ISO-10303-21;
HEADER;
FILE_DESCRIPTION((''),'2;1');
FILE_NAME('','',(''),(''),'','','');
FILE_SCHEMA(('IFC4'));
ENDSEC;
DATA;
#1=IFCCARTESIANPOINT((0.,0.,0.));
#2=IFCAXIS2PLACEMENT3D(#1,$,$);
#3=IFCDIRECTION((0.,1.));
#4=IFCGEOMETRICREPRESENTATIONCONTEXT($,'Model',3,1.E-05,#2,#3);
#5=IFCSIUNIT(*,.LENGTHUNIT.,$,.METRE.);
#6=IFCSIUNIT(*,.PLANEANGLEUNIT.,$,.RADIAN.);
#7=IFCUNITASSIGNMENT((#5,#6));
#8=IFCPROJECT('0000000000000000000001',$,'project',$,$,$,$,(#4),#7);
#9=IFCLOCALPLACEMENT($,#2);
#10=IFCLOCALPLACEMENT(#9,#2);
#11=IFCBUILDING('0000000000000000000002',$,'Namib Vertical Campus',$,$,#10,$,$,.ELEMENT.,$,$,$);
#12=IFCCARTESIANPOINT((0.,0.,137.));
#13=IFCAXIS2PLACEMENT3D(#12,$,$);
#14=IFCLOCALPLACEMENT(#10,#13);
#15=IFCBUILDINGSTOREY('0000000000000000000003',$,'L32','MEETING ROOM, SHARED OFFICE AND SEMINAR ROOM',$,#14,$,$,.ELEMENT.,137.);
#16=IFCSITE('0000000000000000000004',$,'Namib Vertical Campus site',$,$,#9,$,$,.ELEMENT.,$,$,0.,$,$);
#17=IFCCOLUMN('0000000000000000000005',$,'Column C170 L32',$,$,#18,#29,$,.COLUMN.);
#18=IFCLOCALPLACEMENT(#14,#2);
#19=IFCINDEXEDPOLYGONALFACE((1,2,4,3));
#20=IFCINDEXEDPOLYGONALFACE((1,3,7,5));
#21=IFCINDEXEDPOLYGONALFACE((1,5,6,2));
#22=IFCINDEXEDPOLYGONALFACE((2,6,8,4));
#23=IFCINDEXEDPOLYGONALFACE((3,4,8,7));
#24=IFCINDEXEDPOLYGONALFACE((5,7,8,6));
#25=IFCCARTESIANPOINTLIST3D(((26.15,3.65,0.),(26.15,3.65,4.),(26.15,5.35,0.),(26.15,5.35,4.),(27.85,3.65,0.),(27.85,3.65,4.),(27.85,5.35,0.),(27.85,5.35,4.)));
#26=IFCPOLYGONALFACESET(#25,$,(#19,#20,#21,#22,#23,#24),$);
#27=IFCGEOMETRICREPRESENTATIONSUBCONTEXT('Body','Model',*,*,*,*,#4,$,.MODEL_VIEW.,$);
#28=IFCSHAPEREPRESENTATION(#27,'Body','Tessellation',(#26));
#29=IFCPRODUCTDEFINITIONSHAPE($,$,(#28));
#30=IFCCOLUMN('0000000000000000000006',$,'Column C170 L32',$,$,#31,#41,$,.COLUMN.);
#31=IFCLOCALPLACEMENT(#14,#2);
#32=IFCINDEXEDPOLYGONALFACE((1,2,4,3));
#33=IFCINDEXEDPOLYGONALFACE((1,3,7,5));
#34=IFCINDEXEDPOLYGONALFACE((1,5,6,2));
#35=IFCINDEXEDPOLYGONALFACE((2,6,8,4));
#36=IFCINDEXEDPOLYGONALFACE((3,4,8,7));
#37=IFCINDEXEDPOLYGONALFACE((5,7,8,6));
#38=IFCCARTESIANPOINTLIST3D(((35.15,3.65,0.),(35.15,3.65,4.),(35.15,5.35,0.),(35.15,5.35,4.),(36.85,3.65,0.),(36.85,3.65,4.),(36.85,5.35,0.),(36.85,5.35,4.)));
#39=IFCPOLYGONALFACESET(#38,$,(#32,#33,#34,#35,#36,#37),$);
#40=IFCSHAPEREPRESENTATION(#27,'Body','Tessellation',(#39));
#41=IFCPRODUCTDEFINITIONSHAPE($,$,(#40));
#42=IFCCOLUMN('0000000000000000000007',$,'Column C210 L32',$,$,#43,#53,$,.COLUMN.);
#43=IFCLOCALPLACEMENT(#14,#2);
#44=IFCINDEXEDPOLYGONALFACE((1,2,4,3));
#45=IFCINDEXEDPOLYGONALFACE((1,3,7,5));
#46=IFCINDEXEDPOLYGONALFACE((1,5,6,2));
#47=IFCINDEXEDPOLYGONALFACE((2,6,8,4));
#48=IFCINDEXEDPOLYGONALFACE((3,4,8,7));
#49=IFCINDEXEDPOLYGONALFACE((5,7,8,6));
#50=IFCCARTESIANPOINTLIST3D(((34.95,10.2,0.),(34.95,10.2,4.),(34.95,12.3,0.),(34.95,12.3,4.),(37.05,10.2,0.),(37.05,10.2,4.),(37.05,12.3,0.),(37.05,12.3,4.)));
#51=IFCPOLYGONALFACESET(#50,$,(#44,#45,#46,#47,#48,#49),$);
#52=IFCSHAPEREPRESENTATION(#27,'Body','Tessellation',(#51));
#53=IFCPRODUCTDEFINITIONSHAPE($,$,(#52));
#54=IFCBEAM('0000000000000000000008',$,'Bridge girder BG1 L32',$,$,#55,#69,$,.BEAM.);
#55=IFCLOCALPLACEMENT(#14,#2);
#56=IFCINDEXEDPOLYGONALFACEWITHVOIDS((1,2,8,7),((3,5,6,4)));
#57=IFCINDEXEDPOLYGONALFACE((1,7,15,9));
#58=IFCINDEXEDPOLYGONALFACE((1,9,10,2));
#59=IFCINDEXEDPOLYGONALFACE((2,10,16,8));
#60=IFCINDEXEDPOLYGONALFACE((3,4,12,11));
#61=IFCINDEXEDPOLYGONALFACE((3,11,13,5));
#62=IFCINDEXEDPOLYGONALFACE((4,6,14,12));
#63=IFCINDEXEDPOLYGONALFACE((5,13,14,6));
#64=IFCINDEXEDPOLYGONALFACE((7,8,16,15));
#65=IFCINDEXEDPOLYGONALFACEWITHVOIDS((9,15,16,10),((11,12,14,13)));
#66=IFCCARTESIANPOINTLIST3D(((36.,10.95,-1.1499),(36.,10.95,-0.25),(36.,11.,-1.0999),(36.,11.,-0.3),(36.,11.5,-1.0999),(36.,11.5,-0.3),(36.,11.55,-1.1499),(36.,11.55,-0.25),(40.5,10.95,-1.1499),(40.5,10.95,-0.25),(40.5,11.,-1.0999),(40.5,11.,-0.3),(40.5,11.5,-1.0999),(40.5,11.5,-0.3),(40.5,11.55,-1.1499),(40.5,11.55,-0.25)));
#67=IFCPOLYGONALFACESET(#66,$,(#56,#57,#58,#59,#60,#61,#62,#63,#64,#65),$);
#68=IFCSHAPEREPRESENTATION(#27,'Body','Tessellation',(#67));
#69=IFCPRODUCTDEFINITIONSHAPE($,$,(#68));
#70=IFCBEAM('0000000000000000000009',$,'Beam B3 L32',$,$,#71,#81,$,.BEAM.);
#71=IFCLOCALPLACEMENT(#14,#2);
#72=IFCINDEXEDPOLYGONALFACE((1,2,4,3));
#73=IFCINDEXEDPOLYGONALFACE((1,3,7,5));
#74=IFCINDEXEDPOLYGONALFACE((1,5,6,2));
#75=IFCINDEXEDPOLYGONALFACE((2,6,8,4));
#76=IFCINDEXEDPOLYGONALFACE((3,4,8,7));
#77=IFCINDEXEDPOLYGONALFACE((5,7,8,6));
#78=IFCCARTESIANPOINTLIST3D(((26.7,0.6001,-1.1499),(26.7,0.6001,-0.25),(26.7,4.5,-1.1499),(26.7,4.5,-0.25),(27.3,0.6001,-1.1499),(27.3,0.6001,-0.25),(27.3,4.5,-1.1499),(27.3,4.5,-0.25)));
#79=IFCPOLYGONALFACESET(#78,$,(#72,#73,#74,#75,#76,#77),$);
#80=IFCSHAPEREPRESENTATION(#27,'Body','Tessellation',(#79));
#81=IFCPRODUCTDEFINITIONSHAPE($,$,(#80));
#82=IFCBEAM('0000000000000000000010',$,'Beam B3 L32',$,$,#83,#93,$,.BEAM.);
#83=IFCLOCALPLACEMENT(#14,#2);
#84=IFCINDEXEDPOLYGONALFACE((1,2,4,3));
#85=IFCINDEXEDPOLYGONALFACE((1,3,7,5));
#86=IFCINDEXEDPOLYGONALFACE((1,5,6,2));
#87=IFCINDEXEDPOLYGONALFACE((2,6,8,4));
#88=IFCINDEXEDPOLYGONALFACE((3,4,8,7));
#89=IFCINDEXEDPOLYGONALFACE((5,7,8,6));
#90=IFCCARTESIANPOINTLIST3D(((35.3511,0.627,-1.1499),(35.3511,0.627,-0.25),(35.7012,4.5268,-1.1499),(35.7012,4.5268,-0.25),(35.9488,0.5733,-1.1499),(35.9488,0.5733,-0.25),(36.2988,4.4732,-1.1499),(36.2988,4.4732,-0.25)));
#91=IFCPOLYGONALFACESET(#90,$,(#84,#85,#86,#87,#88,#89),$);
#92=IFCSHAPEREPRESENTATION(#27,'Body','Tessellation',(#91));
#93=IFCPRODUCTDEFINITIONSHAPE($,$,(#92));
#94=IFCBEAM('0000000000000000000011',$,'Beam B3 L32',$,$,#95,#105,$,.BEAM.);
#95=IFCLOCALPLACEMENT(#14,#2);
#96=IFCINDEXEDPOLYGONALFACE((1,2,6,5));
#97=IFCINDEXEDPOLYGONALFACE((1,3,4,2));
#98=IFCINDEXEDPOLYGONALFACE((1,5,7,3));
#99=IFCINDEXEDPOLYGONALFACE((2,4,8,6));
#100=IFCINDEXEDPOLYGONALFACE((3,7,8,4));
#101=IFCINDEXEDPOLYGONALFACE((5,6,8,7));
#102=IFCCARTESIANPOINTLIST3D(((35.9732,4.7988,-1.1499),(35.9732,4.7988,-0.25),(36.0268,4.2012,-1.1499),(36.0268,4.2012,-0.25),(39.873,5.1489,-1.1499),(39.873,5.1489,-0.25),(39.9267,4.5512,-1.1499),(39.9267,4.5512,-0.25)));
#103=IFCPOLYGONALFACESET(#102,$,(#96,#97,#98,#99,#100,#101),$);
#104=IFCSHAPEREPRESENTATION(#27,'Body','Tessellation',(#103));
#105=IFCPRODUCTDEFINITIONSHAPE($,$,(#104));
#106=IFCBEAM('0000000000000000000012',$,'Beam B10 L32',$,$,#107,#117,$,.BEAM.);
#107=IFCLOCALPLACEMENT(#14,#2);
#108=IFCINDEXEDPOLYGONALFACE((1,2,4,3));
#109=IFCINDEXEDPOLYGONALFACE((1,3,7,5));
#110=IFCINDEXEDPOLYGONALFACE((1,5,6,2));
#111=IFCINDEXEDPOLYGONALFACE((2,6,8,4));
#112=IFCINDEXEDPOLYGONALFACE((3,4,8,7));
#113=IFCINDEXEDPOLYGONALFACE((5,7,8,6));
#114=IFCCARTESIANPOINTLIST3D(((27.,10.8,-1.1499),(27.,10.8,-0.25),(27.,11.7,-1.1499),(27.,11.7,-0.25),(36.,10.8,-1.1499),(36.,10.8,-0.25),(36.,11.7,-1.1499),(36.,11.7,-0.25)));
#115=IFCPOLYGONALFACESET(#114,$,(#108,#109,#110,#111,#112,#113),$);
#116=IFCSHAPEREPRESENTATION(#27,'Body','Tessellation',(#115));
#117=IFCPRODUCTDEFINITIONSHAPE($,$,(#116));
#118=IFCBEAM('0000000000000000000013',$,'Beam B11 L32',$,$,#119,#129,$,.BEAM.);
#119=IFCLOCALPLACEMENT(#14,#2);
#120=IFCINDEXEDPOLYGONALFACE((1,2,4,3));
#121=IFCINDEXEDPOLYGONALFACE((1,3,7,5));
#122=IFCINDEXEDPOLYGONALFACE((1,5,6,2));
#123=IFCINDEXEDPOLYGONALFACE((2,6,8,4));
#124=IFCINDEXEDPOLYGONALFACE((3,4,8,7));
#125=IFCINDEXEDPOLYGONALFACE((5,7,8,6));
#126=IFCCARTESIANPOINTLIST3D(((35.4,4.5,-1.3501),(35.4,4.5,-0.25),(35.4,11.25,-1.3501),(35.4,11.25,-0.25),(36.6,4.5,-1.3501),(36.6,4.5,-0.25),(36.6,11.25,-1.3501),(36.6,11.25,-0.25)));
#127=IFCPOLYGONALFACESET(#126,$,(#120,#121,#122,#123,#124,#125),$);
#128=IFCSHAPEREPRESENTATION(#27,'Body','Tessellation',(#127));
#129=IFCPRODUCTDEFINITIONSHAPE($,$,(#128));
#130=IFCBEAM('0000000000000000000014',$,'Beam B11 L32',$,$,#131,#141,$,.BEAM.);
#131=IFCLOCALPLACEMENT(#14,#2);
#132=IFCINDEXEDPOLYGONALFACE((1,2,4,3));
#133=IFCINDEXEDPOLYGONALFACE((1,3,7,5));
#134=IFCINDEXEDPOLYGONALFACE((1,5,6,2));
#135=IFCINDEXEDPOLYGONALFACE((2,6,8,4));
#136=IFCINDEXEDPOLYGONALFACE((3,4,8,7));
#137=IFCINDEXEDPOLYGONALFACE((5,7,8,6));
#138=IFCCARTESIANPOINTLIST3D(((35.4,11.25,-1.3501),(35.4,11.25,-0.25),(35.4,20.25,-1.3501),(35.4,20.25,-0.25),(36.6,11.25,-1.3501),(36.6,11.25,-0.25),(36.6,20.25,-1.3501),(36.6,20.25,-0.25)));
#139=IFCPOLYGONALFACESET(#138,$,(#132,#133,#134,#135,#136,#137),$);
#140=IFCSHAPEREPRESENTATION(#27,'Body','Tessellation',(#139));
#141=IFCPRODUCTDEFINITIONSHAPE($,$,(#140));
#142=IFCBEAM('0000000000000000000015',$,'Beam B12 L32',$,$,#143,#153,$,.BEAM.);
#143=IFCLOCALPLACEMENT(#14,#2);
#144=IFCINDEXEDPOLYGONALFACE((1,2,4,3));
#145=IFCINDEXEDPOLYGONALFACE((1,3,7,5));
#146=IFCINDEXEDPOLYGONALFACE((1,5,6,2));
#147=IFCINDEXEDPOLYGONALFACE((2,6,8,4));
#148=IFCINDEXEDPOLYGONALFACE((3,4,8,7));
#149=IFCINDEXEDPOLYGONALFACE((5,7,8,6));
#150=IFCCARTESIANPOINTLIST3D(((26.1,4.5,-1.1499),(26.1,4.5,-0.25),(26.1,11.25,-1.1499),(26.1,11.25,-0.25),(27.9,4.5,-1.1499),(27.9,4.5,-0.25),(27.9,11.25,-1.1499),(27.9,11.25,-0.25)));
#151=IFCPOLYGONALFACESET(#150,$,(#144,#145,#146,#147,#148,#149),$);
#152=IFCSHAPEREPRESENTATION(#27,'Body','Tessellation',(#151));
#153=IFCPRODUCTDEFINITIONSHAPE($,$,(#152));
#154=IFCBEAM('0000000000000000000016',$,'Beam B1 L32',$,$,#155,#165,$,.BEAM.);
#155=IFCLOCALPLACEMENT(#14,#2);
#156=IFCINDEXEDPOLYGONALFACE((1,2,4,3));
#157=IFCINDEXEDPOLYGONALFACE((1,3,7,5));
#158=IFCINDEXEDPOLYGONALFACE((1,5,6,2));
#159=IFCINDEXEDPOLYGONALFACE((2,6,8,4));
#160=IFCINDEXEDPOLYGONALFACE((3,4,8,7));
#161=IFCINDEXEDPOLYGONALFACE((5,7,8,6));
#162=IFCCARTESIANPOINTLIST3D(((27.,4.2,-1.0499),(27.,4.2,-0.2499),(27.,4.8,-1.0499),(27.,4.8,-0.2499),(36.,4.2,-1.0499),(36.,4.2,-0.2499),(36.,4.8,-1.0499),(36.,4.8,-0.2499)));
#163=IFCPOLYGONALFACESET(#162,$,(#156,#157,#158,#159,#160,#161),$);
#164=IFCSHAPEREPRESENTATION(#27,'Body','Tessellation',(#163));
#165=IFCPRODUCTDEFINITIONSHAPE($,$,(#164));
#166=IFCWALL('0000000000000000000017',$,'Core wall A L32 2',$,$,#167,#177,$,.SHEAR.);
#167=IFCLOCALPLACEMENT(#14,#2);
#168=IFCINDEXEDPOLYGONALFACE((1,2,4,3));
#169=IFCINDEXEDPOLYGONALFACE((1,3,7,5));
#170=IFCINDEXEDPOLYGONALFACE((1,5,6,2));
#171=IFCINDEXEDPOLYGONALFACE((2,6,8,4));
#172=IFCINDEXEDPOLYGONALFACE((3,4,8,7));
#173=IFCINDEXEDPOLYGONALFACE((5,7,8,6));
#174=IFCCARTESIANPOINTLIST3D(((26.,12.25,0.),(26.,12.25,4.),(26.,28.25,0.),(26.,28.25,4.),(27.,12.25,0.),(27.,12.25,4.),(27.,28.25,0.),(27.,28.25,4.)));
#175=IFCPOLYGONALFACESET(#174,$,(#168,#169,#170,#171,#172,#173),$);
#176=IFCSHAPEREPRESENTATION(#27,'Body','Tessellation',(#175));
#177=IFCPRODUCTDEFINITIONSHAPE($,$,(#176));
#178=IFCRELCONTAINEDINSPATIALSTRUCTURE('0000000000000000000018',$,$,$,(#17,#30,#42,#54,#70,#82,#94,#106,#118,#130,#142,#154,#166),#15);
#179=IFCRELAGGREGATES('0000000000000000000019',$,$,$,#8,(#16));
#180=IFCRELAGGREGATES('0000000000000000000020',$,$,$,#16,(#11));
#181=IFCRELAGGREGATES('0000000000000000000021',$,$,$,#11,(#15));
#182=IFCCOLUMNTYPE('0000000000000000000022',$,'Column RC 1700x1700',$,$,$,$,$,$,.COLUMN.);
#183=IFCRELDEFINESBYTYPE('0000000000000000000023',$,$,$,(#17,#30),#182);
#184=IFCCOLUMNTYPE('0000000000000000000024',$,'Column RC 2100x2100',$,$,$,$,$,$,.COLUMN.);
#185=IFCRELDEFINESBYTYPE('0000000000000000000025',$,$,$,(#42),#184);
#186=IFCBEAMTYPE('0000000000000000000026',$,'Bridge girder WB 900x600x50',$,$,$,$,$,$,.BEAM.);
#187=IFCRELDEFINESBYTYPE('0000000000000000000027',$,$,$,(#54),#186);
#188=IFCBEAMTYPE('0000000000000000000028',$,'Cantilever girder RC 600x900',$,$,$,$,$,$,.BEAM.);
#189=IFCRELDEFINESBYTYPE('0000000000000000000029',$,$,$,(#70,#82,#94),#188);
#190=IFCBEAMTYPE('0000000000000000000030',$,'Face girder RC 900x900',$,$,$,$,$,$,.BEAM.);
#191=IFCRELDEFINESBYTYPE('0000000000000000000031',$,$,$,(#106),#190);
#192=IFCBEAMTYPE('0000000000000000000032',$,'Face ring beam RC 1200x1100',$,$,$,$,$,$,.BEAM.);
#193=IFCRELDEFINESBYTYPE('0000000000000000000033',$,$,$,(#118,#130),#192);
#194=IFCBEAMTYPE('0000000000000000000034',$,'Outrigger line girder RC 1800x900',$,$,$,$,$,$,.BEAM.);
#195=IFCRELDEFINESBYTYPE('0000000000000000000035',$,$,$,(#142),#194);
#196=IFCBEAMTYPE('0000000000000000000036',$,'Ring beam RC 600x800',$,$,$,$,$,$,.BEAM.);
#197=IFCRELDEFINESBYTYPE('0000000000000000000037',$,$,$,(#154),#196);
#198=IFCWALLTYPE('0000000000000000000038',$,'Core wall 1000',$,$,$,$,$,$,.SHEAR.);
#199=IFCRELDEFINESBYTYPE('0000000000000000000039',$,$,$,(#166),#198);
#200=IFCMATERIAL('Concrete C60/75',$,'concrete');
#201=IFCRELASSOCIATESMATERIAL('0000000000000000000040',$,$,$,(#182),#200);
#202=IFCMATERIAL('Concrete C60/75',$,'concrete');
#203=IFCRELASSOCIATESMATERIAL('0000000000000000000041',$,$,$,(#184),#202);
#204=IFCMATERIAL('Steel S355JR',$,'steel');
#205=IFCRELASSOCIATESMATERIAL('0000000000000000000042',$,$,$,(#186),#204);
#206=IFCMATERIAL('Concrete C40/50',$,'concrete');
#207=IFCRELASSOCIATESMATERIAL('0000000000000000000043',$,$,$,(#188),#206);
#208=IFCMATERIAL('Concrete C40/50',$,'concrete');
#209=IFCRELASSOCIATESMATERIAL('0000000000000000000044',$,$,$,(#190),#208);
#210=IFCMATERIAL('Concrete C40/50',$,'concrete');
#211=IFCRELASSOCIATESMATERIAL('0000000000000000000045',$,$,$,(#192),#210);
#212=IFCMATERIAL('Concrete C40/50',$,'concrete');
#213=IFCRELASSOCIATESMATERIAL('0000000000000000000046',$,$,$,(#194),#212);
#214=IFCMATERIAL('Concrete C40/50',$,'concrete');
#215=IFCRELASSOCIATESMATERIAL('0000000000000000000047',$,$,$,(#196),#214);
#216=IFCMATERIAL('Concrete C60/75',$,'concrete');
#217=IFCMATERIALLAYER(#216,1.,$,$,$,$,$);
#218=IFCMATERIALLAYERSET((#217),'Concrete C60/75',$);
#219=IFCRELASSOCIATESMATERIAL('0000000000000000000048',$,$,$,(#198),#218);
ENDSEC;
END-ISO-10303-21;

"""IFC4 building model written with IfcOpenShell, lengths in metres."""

from ifc_helpers import new_model, si_unit, direction, frame, frame_2d, origin, origin_2d, place, context, subcontext, project, spatial, rectangle, hollow_rectangle, extrude, material, layer, layer_set, material_profile, profile_set, type_object, element, save


model = new_model("IFC4")

# Units and contexts
model_context = context("Model", 3, precision=1e-05, world=origin(), true_north=direction((0.0, 1.0)))
body_context = subcontext(model_context, "Body", "Model", "MODEL_VIEW")
ifc_project = project(units=[si_unit("LENGTHUNIT", "METRE"), si_unit("PLANEANGLEUNIT", "RADIAN")], contexts=[model_context])

# Site, building, storey
site_placement = place(None, origin())
site = spatial("IfcSite", under=ifc_project, at=site_placement, Name="Namib Vertical Campus site", CompositionType="ELEMENT", RefElevation=0.0)
building_placement = place(site_placement, origin())
building = spatial("IfcBuilding", under=site, at=building_placement, Name="Namib Vertical Campus", CompositionType="ELEMENT")
storey_placement = place(building_placement, frame((0.0, 0.0, 137.0)))
storey = spatial("IfcBuildingStorey", under=building, at=storey_placement, Name="L32", Description="MEETING ROOM, SHARED OFFICE AND SEMINAR ROOM", CompositionType="ELEMENT", Elevation=137.0)

# Columns
ifc_material_1 = material(Name="Concrete C60/75", Category="concrete")
ifc_material_profile_1 = material_profile(ifc_material_1, rectangle(XDim=1.7, YDim=1.7, at=origin_2d()))
ifc_profile_set_1 = profile_set([ifc_material_profile_1], Name="Concrete C60/75")
column_type_1 = type_object("IfcColumnType", Name="Column RC 1700x1700", PredefinedType="COLUMN", material=ifc_profile_set_1)
for number, where, z_axis, x_axis, name in (
    (1, (27.0, 4.5, 0.0), (0.0, 0.0, 1.0), (1.0, 0.0, 0.0), "Column C170 L32"),
    (2, (36.0, 4.5, 0.0), (0.0, 0.0, 1.0), (1.0, 0.0, 0.0), "Column C170 L32"),
):
    element("IfcColumn", number, at=place(storey_placement, frame(where, z_axis=z_axis, x_axis=x_axis)), inside=storey, type_object=column_type_1, Name=name, PredefinedType="COLUMN", context=body_context, shape_type="SweptSolid", body=[
        extrude(rectangle(XDim=1.7, YDim=1.7, at=origin_2d()), origin(), (0.0, 0.0, 1.0), 4.0),
    ])
ifc_material_2 = material(Name="Concrete C60/75", Category="concrete")
ifc_material_profile_2 = material_profile(ifc_material_2, rectangle(XDim=2.1001, YDim=2.1001, at=origin_2d()))
ifc_profile_set_2 = profile_set([ifc_material_profile_2], Name="Concrete C60/75")
column_type_2 = type_object("IfcColumnType", Name="Column RC 2100x2100", PredefinedType="COLUMN", material=ifc_profile_set_2)
column_placement = place(storey_placement, frame((36.0, 11.25, 0.0), z_axis=(0.0, 0.0, 1.0), x_axis=(1.0, 0.0, 0.0)))
element("IfcColumn", 3, at=column_placement, inside=storey, type_object=column_type_2, Name="Column C210 L32", PredefinedType="COLUMN", context=body_context, shape_type="SweptSolid", body=[
    extrude(rectangle(XDim=2.1001, YDim=2.1001, at=origin_2d()), origin(), (0.0, 0.0, 1.0), 4.0),
])

# Beams
ifc_material_3 = material(Name="Steel S355JR", Category="steel")
ifc_material_profile_3 = material_profile(ifc_material_3, hollow_rectangle(XDim=0.6001, YDim=0.8999, WallThickness=0.05, at=origin_2d()))
ifc_profile_set_3 = profile_set([ifc_material_profile_3], Name="Steel S355JR")
beam_type_1 = type_object("IfcBeamType", Name="Bridge girder WB 900x600x50", PredefinedType="BEAM", material=ifc_profile_set_3)
beam_1_placement = place(storey_placement, frame((36.0, 11.25, -0.7), z_axis=(1.0, 0.0, 0.0), x_axis=(0.0, 1.0, 0.0)))
element("IfcBeam", 4, at=beam_1_placement, inside=storey, type_object=beam_type_1, Name="Bridge girder BG1 L32", PredefinedType="BEAM", context=body_context, shape_type="SweptSolid", body=[
    extrude(hollow_rectangle(XDim=0.6001, YDim=0.8999, WallThickness=0.05, at=origin_2d()), origin(), (0.0, 0.0, 1.0), 4.5),
])
ifc_material_4 = material(Name="Concrete C40/50", Category="concrete")
ifc_material_profile_4 = material_profile(ifc_material_4, rectangle(XDim=0.6001, YDim=0.8999, at=origin_2d()))
ifc_profile_set_4 = profile_set([ifc_material_profile_4], Name="Concrete C40/50")
beam_type_2 = type_object("IfcBeamType", Name="Cantilever girder RC 600x900", PredefinedType="BEAM", material=ifc_profile_set_4)
beam_2_placement = place(storey_placement, frame((27.0, 4.5, -0.7), z_axis=(0.0, -1.0, 0.0), x_axis=(1.0, 0.0, 0.0)))
element("IfcBeam", 5, at=beam_2_placement, inside=storey, type_object=beam_type_2, Name="Beam B3 L32", PredefinedType="BEAM", context=body_context, shape_type="SweptSolid", body=[
    extrude(rectangle(XDim=0.6001, YDim=0.8999, at=origin_2d()), origin(), (0.0, 0.0, 1.0), 3.8999),
])
for number, where, z_axis, x_axis, name in (
    (6, (36.0, 4.5, -0.7), (-0.089411, -0.995995, 0.0), (0.995995, -0.089411, 0.0), "Beam B3 L32"),
    (7, (36.0, 4.5, -0.7), (0.995995, 0.089411, 0.0), (-0.089411, 0.995995, 0.0), "Beam B3 L32"),
):
    element("IfcBeam", number, at=place(storey_placement, frame(where, z_axis=z_axis, x_axis=x_axis)), inside=storey, type_object=beam_type_2, Name=name, PredefinedType="BEAM", context=body_context, shape_type="SweptSolid", body=[
        extrude(rectangle(XDim=0.6001, YDim=0.8999, at=origin_2d()), origin(), (0.0, 0.0, 1.0), 3.9155),
    ])
ifc_material_5 = material(Name="Concrete C40/50", Category="concrete")
ifc_material_profile_5 = material_profile(ifc_material_5, rectangle(XDim=0.8999, YDim=0.8999, at=origin_2d()))
ifc_profile_set_5 = profile_set([ifc_material_profile_5], Name="Concrete C40/50")
beam_type_3 = type_object("IfcBeamType", Name="Face girder RC 900x900", PredefinedType="BEAM", material=ifc_profile_set_5)
beam_3_placement = place(storey_placement, frame((36.0, 11.25, -0.7), z_axis=(-1.0, 0.0, 0.0), x_axis=(0.0, -1.0, 0.0)))
element("IfcBeam", 8, at=beam_3_placement, inside=storey, type_object=beam_type_3, Name="Beam B10 L32", PredefinedType="BEAM", context=body_context, shape_type="SweptSolid", body=[
    extrude(rectangle(XDim=0.8999, YDim=0.8999, at=origin_2d()), origin(), (0.0, 0.0, 1.0), 9.0),
])
ifc_material_6 = material(Name="Concrete C40/50", Category="concrete")
ifc_material_profile_6 = material_profile(ifc_material_6, rectangle(XDim=1.2, YDim=1.1001, at=origin_2d()))
ifc_profile_set_6 = profile_set([ifc_material_profile_6], Name="Concrete C40/50")
beam_type_4 = type_object("IfcBeamType", Name="Face ring beam RC 1200x1100", PredefinedType="BEAM", material=ifc_profile_set_6)
beam_4_placement = place(storey_placement, frame((36.0, 4.5, -0.8), z_axis=(0.0, 1.0, 0.0), x_axis=(-1.0, 0.0, 0.0)))
element("IfcBeam", 9, at=beam_4_placement, inside=storey, type_object=beam_type_4, Name="Beam B11 L32", PredefinedType="BEAM", context=body_context, shape_type="SweptSolid", body=[
    extrude(rectangle(XDim=1.2, YDim=1.1001, at=origin_2d()), origin(), (0.0, 0.0, 1.0), 6.75),
])
beam_5_placement = place(storey_placement, frame((36.0, 11.25, -0.8), z_axis=(0.0, 1.0, 0.0), x_axis=(-1.0, 0.0, 0.0)))
element("IfcBeam", 10, at=beam_5_placement, inside=storey, type_object=beam_type_4, Name="Beam B11 L32", PredefinedType="BEAM", context=body_context, shape_type="SweptSolid", body=[
    extrude(rectangle(XDim=1.2, YDim=1.1001, at=origin_2d()), origin(), (0.0, 0.0, 1.0), 9.0),
])
ifc_material_7 = material(Name="Concrete C40/50", Category="concrete")
ifc_material_profile_7 = material_profile(ifc_material_7, rectangle(XDim=1.8, YDim=0.8999, at=origin_2d()))
ifc_profile_set_7 = profile_set([ifc_material_profile_7], Name="Concrete C40/50")
beam_type_5 = type_object("IfcBeamType", Name="Outrigger line girder RC 1800x900", PredefinedType="BEAM", material=ifc_profile_set_7)
beam_6_placement = place(storey_placement, frame((27.0, 4.5, -0.7), z_axis=(0.0, 1.0, 0.0), x_axis=(-1.0, 0.0, 0.0)))
element("IfcBeam", 11, at=beam_6_placement, inside=storey, type_object=beam_type_5, Name="Beam B12 L32", PredefinedType="BEAM", context=body_context, shape_type="SweptSolid", body=[
    extrude(rectangle(XDim=1.8, YDim=0.8999, at=origin_2d()), origin(), (0.0, 0.0, 1.0), 6.75),
])
ifc_material_8 = material(Name="Concrete C40/50", Category="concrete")
ifc_material_profile_8 = material_profile(ifc_material_8, rectangle(XDim=0.6001, YDim=0.8, at=origin_2d()))
ifc_profile_set_8 = profile_set([ifc_material_profile_8], Name="Concrete C40/50")
beam_type_6 = type_object("IfcBeamType", Name="Ring beam RC 600x800", PredefinedType="BEAM", material=ifc_profile_set_8)
beam_7_placement = place(storey_placement, frame((27.0, 4.5, -0.6499), z_axis=(1.0, 0.0, 0.0), x_axis=(0.0, 1.0, 0.0)))
element("IfcBeam", 12, at=beam_7_placement, inside=storey, type_object=beam_type_6, Name="Beam B1 L32", PredefinedType="BEAM", context=body_context, shape_type="SweptSolid", body=[
    extrude(rectangle(XDim=0.6001, YDim=0.8, at=origin_2d()), origin(), (0.0, 0.0, 1.0), 9.0),
])

# Wall
ifc_material_9 = material(Name="Concrete C60/75", Category="concrete")
ifc_layer_1 = layer(ifc_material_9, 1.0)
ifc_layer_set_1 = layer_set([ifc_layer_1], Name="Concrete C60/75")
wall_type_1 = type_object("IfcWallType", Name="Core wall 1000", PredefinedType="SHEAR", material=ifc_layer_set_1)
wall_1_placement = place(storey_placement, frame((26.5, 12.25, 0.0), z_axis=(0.0, 0.0, 1.0), x_axis=(0.0, 1.0, 0.0)))
element("IfcWall", 13, at=wall_1_placement, inside=storey, type_object=wall_type_1, Name="Core wall A L32 2", PredefinedType="SHEAR", context=body_context, shape_type="SweptSolid", body=[
    extrude(rectangle(XDim=16.0, YDim=1.0, at=frame_2d((8.0, 0.0))), origin(), (0.0, 0.0, 1.0), 4.0),
])

save(model, "model.ifc")
